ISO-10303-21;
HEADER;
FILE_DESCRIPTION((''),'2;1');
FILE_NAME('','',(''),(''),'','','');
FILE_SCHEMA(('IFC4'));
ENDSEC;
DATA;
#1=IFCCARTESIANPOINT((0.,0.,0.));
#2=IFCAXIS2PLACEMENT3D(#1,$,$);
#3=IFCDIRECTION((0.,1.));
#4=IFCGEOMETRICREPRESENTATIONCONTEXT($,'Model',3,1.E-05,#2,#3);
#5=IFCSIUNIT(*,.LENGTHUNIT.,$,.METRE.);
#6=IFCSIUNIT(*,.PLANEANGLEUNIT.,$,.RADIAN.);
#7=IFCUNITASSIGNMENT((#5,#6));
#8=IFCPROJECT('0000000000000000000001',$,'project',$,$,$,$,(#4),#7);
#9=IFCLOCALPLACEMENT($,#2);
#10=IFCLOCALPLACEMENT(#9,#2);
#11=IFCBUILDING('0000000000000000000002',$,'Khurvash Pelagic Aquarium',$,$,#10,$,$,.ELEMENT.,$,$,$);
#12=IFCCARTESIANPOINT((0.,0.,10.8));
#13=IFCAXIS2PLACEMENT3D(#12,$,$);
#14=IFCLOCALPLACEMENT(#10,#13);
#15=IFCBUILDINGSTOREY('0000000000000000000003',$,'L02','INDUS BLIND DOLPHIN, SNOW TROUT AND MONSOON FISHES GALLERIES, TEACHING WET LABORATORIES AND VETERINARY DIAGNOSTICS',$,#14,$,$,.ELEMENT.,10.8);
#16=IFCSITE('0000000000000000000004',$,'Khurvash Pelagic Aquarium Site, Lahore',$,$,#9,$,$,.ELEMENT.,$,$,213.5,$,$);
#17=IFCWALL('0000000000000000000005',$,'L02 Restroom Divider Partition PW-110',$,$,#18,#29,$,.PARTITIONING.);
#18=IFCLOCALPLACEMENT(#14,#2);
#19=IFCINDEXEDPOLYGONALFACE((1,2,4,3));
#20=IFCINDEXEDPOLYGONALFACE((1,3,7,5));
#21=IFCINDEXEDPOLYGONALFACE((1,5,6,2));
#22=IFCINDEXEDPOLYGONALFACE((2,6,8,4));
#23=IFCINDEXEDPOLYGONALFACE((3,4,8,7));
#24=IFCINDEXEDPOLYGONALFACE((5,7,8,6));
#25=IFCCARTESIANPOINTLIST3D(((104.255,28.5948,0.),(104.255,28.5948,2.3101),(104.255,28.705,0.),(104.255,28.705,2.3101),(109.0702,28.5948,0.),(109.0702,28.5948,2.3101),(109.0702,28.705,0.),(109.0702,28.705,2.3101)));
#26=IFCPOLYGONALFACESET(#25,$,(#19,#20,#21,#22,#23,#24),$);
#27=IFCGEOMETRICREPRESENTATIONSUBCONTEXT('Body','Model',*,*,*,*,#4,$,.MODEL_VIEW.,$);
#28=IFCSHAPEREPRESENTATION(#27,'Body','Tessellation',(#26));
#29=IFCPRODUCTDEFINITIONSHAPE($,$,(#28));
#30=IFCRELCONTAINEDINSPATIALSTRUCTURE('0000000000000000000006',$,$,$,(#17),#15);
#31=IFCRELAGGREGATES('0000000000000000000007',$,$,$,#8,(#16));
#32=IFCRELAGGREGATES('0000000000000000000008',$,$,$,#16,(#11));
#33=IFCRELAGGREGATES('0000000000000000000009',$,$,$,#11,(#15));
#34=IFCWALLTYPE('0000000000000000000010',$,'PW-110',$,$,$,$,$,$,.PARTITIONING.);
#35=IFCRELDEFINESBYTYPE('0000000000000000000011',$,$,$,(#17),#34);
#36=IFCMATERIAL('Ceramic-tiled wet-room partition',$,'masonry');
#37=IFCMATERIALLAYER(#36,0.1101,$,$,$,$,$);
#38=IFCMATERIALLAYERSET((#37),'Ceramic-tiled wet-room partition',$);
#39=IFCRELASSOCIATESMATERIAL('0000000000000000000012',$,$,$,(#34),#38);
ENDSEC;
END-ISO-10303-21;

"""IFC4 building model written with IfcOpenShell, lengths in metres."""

from ifc_helpers import new_model, si_unit, direction, frame, frame_2d, origin, place, context, subcontext, project, spatial, rectangle, extrude, material, layer, layer_set, type_object, element, save


model = new_model("IFC4")

# Units and contexts
model_context = context("Model", 3, precision=1e-05, world=origin(), true_north=direction((0.0, 1.0)))
body_context = subcontext(model_context, "Body", "Model", "MODEL_VIEW")
ifc_project = project(units=[si_unit("LENGTHUNIT", "METRE"), si_unit("PLANEANGLEUNIT", "RADIAN")], contexts=[model_context])

# Site, building, storey
site_placement = place(None, origin())
site = spatial("IfcSite", under=ifc_project, at=site_placement, Name="Khurvash Pelagic Aquarium Site, Lahore", CompositionType="ELEMENT", RefElevation=213.5)
building_placement = place(site_placement, origin())
building = spatial("IfcBuilding", under=site, at=building_placement, Name="Khurvash Pelagic Aquarium", CompositionType="ELEMENT")
storey_placement = place(building_placement, frame((0.0, 0.0, 10.8)))
storey = spatial("IfcBuildingStorey", under=building, at=storey_placement, Name="L02", Description="INDUS BLIND DOLPHIN, SNOW TROUT AND MONSOON FISHES GALLERIES, TEACHING WET LABORATORIES AND VETERINARY DIAGNOSTICS", CompositionType="ELEMENT", Elevation=10.8)

# Wall
ifc_material_1 = material(Name="Ceramic-tiled wet-room partition", Category="masonry")
ifc_layer_1 = layer(ifc_material_1, 0.1101)
ifc_layer_set_1 = layer_set([ifc_layer_1], Name="Ceramic-tiled wet-room partition")
wall_type_1 = type_object("IfcWallType", Name="PW-110", PredefinedType="PARTITIONING", material=ifc_layer_set_1)
wall_1_placement = place(storey_placement, frame((104.2549, 28.6499, 0.0), z_axis=(0.0, 0.0, 1.0), x_axis=(1.0, 0.0, 0.0)))
element("IfcWall", 1, at=wall_1_placement, inside=storey, type_object=wall_type_1, Name="L02 Restroom Divider Partition PW-110", PredefinedType="PARTITIONING", context=body_context, shape_type="SweptSolid", body=[
    extrude(rectangle(XDim=4.8152, YDim=0.1101, at=frame_2d((2.4077, 0.0))), origin(), (0.0, 0.0, 1.0), 2.3101),
])

save(model, "model.ifc")
